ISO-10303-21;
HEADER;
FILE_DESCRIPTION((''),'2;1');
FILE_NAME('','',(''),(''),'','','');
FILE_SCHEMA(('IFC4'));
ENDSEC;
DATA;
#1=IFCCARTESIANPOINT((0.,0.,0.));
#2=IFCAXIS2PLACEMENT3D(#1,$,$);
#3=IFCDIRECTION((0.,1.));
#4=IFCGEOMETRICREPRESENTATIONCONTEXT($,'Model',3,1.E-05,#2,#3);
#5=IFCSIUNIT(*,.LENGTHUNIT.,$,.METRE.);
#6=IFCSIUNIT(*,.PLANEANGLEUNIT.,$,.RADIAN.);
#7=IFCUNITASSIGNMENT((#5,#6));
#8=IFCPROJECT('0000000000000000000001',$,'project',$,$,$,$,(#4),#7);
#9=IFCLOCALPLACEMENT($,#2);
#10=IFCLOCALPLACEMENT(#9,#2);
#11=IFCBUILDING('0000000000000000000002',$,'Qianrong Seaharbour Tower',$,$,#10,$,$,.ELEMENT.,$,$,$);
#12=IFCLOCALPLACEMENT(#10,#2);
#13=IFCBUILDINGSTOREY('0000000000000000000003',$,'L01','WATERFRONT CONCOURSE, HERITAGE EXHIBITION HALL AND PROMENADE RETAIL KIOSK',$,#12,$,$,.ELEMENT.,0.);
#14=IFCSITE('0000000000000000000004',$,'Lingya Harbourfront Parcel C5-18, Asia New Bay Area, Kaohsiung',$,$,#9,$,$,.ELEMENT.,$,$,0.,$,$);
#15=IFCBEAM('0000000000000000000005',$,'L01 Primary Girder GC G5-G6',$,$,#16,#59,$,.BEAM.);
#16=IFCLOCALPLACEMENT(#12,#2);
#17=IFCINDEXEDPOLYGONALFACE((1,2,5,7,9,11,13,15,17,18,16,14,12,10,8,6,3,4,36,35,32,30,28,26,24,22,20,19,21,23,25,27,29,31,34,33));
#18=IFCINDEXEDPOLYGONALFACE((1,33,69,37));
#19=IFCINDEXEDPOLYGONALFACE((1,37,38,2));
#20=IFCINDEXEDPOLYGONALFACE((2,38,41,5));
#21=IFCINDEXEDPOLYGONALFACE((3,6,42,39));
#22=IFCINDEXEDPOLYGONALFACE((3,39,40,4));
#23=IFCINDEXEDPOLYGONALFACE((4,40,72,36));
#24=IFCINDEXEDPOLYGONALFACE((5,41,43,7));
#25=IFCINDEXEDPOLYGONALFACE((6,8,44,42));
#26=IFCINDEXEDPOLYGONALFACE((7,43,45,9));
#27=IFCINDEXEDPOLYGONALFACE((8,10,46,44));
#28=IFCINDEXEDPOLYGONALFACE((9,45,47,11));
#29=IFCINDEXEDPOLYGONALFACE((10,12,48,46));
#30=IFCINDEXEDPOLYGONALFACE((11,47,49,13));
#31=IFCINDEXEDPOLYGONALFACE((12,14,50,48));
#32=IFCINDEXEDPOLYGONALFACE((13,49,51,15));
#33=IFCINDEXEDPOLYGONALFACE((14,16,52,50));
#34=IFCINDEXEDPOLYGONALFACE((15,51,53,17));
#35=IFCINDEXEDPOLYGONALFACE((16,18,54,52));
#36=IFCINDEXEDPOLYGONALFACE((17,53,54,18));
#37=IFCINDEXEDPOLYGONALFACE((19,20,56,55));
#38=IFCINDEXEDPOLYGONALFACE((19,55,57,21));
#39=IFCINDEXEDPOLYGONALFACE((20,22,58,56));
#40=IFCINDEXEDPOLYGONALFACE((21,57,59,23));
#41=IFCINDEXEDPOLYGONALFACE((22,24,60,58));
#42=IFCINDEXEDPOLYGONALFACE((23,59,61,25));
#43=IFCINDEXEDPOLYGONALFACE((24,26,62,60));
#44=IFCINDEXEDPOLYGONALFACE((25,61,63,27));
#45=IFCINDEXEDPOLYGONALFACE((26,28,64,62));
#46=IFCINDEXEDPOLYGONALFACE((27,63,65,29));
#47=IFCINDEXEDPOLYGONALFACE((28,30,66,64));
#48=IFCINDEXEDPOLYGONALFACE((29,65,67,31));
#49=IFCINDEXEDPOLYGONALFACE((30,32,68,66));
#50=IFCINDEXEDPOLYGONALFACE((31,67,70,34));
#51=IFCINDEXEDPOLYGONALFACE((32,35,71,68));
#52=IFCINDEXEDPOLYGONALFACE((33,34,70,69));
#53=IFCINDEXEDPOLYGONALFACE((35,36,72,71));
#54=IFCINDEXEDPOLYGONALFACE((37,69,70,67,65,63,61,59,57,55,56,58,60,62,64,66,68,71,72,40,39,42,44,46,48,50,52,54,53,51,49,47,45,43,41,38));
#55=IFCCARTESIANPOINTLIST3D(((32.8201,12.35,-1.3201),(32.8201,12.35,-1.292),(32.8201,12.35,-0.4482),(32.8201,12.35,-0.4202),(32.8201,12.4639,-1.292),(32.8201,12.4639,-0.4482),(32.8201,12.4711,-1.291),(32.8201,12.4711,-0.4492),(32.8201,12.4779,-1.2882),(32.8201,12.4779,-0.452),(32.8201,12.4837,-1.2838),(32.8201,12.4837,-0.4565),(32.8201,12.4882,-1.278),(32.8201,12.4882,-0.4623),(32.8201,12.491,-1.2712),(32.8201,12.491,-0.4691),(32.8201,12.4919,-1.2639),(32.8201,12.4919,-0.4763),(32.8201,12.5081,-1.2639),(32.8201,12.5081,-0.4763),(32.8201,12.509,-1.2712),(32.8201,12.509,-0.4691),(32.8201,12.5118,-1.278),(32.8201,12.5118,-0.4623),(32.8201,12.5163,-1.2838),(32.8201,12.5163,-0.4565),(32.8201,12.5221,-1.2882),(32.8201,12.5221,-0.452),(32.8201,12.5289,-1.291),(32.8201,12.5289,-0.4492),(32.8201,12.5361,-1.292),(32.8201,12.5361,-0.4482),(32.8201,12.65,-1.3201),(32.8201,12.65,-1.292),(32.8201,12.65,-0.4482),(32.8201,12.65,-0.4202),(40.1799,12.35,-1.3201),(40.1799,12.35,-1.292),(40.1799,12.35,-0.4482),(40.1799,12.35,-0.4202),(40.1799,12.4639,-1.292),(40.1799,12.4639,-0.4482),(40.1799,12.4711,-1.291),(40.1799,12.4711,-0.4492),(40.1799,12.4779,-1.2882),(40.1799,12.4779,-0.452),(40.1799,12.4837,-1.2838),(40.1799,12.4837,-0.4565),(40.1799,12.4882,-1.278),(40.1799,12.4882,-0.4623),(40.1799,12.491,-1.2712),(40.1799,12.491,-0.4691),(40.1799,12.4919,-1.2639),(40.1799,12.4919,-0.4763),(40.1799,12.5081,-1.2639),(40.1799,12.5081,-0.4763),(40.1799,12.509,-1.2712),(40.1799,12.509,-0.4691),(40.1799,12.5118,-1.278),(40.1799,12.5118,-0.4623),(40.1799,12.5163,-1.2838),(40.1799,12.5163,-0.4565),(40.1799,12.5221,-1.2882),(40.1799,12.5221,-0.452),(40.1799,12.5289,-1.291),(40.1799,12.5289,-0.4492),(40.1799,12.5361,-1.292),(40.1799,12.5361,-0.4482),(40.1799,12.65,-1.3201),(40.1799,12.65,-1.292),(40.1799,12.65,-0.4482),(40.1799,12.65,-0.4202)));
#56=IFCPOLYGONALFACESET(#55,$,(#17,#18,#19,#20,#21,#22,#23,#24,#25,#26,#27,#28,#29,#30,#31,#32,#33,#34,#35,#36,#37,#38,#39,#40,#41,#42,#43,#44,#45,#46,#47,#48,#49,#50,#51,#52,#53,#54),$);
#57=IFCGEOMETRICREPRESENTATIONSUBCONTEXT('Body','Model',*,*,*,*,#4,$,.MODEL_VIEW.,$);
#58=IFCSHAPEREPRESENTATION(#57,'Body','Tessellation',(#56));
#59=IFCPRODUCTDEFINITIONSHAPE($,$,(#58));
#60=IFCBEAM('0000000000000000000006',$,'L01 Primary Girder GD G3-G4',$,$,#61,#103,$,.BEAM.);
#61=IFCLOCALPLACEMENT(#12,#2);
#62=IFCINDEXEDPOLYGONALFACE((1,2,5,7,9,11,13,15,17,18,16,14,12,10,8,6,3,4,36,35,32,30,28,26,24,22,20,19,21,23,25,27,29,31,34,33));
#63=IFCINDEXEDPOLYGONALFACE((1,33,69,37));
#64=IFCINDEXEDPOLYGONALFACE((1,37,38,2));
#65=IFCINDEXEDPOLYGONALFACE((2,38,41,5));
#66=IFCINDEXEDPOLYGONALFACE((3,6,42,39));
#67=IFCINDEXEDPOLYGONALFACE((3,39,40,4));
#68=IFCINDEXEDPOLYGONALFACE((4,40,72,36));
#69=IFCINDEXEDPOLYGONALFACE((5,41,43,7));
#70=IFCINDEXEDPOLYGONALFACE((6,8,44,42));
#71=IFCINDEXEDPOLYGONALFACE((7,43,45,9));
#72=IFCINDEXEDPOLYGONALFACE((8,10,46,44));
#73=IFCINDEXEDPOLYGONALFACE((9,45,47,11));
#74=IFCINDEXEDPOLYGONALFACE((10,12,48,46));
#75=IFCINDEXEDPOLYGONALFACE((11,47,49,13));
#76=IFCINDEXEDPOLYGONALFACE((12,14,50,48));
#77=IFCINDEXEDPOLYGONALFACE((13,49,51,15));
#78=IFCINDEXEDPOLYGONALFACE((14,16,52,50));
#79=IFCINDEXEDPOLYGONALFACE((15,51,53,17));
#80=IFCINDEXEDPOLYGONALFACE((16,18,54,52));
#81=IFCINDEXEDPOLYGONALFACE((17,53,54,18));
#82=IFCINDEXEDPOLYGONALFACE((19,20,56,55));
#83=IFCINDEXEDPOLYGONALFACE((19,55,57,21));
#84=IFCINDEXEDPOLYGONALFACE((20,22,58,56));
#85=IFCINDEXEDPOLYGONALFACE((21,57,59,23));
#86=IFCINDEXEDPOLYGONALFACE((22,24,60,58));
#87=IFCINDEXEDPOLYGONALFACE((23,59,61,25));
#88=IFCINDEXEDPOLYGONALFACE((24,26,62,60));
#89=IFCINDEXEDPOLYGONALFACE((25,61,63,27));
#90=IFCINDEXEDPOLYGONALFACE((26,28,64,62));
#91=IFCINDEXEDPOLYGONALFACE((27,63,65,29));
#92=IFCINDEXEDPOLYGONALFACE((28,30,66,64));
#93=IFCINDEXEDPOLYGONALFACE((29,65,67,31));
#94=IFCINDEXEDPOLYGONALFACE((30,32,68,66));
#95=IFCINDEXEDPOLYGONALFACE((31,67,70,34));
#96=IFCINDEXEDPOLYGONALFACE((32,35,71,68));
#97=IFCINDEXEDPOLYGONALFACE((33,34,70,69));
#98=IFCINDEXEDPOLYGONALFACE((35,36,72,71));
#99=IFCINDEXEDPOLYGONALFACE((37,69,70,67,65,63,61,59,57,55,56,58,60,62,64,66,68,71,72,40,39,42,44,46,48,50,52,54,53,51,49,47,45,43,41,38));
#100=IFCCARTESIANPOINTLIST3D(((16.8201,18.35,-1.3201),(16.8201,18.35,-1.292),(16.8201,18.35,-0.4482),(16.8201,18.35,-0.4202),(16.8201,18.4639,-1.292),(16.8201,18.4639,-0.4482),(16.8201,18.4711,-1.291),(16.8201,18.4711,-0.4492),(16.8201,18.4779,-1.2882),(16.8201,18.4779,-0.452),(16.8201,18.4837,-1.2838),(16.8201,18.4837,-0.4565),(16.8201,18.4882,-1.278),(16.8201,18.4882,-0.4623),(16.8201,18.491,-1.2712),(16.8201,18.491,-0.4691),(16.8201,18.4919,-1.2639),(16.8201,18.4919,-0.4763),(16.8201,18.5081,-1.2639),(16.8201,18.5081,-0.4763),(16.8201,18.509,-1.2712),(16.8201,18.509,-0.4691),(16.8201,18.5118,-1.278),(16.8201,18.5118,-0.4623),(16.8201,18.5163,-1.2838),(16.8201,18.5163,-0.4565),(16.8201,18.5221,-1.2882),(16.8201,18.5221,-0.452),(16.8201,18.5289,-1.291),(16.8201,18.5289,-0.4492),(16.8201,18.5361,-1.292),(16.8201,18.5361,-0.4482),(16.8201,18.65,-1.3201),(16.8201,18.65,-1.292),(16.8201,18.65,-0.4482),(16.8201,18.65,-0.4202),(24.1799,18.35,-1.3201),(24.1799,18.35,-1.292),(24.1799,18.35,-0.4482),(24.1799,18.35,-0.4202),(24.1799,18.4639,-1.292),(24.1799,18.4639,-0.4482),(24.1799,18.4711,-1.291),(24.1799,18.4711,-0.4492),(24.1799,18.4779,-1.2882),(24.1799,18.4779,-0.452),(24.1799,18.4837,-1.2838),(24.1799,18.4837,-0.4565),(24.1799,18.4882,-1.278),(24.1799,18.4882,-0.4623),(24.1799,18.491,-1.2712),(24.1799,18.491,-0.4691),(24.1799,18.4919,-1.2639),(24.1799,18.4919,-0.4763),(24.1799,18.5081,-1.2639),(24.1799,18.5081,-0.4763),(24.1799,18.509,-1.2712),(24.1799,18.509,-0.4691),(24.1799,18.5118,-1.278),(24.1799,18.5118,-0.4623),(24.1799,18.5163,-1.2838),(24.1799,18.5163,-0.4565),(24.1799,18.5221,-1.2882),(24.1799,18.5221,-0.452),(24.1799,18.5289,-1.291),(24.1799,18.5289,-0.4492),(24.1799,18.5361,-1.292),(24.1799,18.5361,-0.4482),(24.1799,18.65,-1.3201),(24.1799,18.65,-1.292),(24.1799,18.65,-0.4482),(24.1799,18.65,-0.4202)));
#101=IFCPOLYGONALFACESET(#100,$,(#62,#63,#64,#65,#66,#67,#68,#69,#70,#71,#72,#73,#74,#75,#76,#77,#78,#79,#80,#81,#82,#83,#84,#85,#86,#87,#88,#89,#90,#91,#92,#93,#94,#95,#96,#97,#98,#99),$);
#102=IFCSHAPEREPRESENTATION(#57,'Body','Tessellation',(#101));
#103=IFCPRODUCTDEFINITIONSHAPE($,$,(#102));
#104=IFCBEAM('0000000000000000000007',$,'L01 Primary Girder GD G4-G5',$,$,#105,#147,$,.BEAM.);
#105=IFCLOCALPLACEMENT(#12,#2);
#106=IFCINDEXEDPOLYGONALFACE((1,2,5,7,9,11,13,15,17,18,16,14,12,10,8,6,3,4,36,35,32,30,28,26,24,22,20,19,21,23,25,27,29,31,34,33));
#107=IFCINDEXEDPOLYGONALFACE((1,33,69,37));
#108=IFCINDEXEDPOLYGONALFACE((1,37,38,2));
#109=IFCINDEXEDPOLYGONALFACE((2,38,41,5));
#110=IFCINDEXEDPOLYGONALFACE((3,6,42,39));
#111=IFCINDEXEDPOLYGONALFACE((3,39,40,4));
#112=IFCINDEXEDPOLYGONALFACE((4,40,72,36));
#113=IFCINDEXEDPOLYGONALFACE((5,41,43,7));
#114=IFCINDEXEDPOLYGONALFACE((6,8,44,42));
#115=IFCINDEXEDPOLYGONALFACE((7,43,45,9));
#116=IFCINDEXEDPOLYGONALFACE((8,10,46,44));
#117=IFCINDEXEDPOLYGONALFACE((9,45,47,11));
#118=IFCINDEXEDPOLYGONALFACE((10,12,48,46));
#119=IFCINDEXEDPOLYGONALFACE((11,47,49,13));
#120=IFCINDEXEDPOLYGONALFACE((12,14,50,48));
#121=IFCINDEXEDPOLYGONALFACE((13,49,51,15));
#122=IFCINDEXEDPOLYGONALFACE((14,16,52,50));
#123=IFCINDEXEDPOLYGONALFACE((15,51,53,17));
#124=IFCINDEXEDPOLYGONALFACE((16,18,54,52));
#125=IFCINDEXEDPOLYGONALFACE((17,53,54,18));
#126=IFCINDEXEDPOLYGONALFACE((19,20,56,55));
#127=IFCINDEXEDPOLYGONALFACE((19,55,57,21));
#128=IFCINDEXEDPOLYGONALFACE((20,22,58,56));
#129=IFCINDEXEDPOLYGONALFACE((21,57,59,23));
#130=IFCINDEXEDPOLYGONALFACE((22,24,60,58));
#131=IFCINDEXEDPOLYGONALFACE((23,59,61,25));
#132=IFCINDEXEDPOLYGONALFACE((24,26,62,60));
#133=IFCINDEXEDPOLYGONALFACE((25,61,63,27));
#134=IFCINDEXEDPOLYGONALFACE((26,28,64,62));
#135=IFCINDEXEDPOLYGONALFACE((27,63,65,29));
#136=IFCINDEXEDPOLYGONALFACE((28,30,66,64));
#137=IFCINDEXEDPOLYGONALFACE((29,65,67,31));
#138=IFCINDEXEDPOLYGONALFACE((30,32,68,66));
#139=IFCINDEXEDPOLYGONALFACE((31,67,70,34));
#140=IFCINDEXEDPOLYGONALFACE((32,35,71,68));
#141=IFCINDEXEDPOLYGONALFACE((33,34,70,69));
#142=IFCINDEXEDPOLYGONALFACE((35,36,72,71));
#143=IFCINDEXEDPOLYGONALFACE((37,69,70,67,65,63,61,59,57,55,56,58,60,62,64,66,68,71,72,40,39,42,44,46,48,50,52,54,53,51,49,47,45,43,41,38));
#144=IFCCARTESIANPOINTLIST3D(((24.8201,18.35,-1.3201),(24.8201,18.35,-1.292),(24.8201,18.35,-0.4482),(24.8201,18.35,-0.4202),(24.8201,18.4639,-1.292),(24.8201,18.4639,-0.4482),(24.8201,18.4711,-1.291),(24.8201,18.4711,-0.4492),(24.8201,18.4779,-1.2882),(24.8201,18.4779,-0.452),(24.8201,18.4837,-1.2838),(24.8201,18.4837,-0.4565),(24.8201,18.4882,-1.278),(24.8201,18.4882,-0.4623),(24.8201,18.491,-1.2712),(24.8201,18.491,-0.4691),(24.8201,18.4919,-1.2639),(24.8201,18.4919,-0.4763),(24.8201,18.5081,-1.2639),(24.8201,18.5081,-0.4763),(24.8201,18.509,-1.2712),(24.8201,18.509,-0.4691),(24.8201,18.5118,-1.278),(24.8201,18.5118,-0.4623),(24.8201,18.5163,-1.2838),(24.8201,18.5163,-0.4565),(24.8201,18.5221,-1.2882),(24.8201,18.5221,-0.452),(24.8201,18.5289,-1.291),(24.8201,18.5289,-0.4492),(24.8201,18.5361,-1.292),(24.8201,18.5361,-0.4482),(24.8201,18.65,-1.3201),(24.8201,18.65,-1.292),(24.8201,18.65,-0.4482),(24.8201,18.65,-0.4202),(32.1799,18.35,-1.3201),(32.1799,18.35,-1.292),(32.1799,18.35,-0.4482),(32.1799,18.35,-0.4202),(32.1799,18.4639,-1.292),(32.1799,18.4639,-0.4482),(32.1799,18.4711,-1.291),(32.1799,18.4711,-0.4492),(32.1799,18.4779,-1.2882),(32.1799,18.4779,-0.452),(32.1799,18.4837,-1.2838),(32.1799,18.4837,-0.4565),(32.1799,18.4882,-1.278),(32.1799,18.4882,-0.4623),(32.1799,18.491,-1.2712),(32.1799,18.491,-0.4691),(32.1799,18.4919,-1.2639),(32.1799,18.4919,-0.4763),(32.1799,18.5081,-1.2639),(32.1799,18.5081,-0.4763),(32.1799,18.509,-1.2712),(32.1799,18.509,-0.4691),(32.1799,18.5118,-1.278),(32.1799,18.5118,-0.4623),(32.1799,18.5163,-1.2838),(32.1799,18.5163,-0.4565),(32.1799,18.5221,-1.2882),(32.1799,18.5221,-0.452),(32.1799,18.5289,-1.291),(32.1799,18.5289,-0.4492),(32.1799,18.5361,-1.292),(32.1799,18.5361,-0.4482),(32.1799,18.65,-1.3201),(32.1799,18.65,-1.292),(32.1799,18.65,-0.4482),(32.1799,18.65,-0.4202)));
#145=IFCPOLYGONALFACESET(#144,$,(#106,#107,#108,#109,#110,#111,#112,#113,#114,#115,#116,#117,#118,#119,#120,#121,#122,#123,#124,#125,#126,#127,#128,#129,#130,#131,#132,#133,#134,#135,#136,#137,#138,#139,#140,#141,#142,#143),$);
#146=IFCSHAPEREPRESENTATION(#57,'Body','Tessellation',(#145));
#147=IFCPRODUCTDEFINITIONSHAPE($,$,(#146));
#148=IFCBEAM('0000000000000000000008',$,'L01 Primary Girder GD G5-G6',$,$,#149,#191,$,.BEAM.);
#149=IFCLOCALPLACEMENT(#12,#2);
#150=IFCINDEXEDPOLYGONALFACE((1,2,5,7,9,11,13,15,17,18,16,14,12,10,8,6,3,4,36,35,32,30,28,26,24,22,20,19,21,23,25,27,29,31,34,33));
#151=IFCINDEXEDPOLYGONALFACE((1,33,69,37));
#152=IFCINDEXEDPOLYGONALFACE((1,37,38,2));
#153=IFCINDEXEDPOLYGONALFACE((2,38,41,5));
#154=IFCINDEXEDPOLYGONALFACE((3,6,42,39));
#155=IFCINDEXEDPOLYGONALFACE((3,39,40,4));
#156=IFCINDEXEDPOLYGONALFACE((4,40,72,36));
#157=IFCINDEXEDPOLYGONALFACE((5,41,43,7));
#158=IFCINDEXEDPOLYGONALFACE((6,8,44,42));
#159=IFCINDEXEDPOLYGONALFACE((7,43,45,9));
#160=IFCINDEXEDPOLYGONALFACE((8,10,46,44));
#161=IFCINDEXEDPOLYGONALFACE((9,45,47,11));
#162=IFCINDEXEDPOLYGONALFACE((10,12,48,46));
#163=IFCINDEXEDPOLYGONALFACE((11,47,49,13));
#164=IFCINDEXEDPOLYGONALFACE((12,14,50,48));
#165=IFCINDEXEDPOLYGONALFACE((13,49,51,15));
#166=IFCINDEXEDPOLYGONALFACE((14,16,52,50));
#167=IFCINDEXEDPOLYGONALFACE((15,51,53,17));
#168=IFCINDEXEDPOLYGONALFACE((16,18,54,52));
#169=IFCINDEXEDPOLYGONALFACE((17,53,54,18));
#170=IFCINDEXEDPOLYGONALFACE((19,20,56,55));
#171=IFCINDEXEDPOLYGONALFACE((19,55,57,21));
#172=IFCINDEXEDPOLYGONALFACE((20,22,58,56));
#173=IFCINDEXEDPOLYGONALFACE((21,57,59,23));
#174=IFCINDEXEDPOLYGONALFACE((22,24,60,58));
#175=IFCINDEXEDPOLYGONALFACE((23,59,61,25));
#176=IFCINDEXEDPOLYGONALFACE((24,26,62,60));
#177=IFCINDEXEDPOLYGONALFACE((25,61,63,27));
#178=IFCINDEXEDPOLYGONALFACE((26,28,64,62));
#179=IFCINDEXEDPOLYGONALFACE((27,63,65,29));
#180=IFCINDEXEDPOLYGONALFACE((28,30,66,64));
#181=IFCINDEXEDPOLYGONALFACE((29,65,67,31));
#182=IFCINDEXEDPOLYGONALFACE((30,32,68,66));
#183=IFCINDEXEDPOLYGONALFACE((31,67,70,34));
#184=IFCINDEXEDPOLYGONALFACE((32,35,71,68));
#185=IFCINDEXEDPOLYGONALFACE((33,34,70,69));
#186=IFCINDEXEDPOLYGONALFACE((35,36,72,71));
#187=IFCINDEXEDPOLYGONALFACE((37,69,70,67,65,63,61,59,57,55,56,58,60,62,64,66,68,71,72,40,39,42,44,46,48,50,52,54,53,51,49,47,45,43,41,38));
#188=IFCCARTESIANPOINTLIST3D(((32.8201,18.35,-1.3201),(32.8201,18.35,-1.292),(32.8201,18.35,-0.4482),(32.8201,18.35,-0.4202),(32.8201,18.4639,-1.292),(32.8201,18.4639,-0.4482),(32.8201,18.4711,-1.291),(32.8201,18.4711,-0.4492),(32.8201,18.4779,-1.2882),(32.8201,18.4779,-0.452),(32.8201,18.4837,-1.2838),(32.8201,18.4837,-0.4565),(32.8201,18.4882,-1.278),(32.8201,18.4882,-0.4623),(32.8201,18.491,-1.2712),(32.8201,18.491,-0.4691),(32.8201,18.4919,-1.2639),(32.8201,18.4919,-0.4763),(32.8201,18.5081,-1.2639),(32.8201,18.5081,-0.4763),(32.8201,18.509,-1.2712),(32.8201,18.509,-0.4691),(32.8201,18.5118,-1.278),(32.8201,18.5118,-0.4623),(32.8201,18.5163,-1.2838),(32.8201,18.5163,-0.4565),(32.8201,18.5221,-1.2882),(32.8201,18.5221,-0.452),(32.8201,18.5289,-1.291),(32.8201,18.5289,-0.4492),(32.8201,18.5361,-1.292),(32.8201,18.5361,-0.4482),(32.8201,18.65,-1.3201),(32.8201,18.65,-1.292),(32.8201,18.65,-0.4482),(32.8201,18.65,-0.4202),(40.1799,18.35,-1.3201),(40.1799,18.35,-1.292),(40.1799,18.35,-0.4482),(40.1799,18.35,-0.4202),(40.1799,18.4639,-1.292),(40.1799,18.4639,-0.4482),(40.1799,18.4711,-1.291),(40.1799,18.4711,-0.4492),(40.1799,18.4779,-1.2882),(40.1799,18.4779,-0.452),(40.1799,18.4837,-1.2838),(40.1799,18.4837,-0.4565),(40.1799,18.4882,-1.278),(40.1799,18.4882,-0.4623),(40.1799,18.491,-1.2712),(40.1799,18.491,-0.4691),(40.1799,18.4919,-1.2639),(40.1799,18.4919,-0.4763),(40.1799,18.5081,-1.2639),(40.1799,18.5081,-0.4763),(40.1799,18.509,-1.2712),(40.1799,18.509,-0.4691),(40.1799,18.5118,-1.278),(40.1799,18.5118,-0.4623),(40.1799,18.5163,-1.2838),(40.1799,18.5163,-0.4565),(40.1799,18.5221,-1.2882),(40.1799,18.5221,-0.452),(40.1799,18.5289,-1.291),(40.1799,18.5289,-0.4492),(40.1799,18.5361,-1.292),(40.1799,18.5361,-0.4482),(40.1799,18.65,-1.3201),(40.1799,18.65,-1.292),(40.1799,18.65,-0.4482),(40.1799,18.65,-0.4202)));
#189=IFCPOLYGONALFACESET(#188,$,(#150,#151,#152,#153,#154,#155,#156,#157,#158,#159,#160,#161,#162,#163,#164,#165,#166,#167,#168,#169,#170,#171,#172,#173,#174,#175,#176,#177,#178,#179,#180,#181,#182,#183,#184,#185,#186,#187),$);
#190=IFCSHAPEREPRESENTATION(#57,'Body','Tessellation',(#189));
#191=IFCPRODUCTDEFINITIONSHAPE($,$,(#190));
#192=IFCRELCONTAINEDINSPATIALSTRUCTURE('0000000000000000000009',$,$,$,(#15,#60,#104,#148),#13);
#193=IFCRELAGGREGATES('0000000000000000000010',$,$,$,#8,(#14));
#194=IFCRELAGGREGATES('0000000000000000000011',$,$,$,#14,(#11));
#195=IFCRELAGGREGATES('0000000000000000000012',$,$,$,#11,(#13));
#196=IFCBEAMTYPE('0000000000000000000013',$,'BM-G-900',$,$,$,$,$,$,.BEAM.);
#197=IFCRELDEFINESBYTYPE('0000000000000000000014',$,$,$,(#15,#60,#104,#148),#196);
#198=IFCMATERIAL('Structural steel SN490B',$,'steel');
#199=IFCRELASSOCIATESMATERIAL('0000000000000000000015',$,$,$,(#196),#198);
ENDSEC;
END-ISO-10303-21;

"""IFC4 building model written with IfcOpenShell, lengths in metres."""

from ifc_helpers import new_model, si_unit, direction, frame, origin, origin_2d, place, context, subcontext, project, spatial, i_section, extrude, material, material_profile, profile_set, type_object, element, save


model = new_model("IFC4")

# Units and contexts
model_context = context("Model", 3, precision=1e-05, world=origin(), true_north=direction((0.0, 1.0)))
body_context = subcontext(model_context, "Body", "Model", "MODEL_VIEW")
ifc_project = project(units=[si_unit("LENGTHUNIT", "METRE"), si_unit("PLANEANGLEUNIT", "RADIAN")], contexts=[model_context])

# Site, building, storey
site_placement = place(None, origin())
site = spatial("IfcSite", under=ifc_project, at=site_placement, Name="Lingya Harbourfront Parcel C5-18, Asia New Bay Area, Kaohsiung", CompositionType="ELEMENT", RefElevation=0.0)
building_placement = place(site_placement, origin())
building = spatial("IfcBuilding", under=site, at=building_placement, Name="Qianrong Seaharbour Tower", CompositionType="ELEMENT")
storey_placement = place(building_placement, origin())
storey = spatial("IfcBuildingStorey", under=building, at=storey_placement, Name="L01", Description="WATERFRONT CONCOURSE, HERITAGE EXHIBITION HALL AND PROMENADE RETAIL KIOSK", CompositionType="ELEMENT", Elevation=0.0)

# Shared definitions
ifc_material_1 = material(Name="Structural steel SN490B", Category="steel")

# Beams
ifc_material_profile_1 = material_profile(ifc_material_1, i_section(OverallWidth=0.3, OverallDepth=0.8999, WebThickness=0.0161, FlangeThickness=0.0281, FilletRadius=0.0281, at=origin_2d()), Name="H900x300x16x28")
ifc_profile_set_1 = profile_set([ifc_material_profile_1], Name="Structural steel SN490B")
beam_type_1 = type_object("IfcBeamType", Name="BM-G-900", PredefinedType="BEAM", material=ifc_profile_set_1)
for number, where, z_axis, x_axis, name in (
    (1, (32.8201, 12.5, -0.8701), (1.0, 0.0, 0.0), (0.0, 1.0, 0.0), "L01 Primary Girder GC G5-G6"),
    (2, (16.8201, 18.5, -0.8701), (1.0, 0.0, 0.0), (0.0, 1.0, 0.0), "L01 Primary Girder GD G3-G4"),
    (3, (24.8201, 18.5, -0.8701), (1.0, 0.0, 0.0), (0.0, 1.0, 0.0), "L01 Primary Girder GD G4-G5"),
    (4, (32.8201, 18.5, -0.8701), (1.0, 0.0, 0.0), (0.0, 1.0, 0.0), "L01 Primary Girder GD G5-G6"),
):
    element("IfcBeam", number, at=place(storey_placement, frame(where, z_axis=z_axis, x_axis=x_axis)), inside=storey, type_object=beam_type_1, Name=name, PredefinedType="BEAM", context=body_context, shape_type="SweptSolid", body=[
        extrude(i_section(OverallWidth=0.3, OverallDepth=0.8999, WebThickness=0.0161, FlangeThickness=0.0281, FilletRadius=0.0281, at=origin_2d()), origin(), (0.0, 0.0, 1.0), 7.3599),
    ])

save(model, "model.ifc")
